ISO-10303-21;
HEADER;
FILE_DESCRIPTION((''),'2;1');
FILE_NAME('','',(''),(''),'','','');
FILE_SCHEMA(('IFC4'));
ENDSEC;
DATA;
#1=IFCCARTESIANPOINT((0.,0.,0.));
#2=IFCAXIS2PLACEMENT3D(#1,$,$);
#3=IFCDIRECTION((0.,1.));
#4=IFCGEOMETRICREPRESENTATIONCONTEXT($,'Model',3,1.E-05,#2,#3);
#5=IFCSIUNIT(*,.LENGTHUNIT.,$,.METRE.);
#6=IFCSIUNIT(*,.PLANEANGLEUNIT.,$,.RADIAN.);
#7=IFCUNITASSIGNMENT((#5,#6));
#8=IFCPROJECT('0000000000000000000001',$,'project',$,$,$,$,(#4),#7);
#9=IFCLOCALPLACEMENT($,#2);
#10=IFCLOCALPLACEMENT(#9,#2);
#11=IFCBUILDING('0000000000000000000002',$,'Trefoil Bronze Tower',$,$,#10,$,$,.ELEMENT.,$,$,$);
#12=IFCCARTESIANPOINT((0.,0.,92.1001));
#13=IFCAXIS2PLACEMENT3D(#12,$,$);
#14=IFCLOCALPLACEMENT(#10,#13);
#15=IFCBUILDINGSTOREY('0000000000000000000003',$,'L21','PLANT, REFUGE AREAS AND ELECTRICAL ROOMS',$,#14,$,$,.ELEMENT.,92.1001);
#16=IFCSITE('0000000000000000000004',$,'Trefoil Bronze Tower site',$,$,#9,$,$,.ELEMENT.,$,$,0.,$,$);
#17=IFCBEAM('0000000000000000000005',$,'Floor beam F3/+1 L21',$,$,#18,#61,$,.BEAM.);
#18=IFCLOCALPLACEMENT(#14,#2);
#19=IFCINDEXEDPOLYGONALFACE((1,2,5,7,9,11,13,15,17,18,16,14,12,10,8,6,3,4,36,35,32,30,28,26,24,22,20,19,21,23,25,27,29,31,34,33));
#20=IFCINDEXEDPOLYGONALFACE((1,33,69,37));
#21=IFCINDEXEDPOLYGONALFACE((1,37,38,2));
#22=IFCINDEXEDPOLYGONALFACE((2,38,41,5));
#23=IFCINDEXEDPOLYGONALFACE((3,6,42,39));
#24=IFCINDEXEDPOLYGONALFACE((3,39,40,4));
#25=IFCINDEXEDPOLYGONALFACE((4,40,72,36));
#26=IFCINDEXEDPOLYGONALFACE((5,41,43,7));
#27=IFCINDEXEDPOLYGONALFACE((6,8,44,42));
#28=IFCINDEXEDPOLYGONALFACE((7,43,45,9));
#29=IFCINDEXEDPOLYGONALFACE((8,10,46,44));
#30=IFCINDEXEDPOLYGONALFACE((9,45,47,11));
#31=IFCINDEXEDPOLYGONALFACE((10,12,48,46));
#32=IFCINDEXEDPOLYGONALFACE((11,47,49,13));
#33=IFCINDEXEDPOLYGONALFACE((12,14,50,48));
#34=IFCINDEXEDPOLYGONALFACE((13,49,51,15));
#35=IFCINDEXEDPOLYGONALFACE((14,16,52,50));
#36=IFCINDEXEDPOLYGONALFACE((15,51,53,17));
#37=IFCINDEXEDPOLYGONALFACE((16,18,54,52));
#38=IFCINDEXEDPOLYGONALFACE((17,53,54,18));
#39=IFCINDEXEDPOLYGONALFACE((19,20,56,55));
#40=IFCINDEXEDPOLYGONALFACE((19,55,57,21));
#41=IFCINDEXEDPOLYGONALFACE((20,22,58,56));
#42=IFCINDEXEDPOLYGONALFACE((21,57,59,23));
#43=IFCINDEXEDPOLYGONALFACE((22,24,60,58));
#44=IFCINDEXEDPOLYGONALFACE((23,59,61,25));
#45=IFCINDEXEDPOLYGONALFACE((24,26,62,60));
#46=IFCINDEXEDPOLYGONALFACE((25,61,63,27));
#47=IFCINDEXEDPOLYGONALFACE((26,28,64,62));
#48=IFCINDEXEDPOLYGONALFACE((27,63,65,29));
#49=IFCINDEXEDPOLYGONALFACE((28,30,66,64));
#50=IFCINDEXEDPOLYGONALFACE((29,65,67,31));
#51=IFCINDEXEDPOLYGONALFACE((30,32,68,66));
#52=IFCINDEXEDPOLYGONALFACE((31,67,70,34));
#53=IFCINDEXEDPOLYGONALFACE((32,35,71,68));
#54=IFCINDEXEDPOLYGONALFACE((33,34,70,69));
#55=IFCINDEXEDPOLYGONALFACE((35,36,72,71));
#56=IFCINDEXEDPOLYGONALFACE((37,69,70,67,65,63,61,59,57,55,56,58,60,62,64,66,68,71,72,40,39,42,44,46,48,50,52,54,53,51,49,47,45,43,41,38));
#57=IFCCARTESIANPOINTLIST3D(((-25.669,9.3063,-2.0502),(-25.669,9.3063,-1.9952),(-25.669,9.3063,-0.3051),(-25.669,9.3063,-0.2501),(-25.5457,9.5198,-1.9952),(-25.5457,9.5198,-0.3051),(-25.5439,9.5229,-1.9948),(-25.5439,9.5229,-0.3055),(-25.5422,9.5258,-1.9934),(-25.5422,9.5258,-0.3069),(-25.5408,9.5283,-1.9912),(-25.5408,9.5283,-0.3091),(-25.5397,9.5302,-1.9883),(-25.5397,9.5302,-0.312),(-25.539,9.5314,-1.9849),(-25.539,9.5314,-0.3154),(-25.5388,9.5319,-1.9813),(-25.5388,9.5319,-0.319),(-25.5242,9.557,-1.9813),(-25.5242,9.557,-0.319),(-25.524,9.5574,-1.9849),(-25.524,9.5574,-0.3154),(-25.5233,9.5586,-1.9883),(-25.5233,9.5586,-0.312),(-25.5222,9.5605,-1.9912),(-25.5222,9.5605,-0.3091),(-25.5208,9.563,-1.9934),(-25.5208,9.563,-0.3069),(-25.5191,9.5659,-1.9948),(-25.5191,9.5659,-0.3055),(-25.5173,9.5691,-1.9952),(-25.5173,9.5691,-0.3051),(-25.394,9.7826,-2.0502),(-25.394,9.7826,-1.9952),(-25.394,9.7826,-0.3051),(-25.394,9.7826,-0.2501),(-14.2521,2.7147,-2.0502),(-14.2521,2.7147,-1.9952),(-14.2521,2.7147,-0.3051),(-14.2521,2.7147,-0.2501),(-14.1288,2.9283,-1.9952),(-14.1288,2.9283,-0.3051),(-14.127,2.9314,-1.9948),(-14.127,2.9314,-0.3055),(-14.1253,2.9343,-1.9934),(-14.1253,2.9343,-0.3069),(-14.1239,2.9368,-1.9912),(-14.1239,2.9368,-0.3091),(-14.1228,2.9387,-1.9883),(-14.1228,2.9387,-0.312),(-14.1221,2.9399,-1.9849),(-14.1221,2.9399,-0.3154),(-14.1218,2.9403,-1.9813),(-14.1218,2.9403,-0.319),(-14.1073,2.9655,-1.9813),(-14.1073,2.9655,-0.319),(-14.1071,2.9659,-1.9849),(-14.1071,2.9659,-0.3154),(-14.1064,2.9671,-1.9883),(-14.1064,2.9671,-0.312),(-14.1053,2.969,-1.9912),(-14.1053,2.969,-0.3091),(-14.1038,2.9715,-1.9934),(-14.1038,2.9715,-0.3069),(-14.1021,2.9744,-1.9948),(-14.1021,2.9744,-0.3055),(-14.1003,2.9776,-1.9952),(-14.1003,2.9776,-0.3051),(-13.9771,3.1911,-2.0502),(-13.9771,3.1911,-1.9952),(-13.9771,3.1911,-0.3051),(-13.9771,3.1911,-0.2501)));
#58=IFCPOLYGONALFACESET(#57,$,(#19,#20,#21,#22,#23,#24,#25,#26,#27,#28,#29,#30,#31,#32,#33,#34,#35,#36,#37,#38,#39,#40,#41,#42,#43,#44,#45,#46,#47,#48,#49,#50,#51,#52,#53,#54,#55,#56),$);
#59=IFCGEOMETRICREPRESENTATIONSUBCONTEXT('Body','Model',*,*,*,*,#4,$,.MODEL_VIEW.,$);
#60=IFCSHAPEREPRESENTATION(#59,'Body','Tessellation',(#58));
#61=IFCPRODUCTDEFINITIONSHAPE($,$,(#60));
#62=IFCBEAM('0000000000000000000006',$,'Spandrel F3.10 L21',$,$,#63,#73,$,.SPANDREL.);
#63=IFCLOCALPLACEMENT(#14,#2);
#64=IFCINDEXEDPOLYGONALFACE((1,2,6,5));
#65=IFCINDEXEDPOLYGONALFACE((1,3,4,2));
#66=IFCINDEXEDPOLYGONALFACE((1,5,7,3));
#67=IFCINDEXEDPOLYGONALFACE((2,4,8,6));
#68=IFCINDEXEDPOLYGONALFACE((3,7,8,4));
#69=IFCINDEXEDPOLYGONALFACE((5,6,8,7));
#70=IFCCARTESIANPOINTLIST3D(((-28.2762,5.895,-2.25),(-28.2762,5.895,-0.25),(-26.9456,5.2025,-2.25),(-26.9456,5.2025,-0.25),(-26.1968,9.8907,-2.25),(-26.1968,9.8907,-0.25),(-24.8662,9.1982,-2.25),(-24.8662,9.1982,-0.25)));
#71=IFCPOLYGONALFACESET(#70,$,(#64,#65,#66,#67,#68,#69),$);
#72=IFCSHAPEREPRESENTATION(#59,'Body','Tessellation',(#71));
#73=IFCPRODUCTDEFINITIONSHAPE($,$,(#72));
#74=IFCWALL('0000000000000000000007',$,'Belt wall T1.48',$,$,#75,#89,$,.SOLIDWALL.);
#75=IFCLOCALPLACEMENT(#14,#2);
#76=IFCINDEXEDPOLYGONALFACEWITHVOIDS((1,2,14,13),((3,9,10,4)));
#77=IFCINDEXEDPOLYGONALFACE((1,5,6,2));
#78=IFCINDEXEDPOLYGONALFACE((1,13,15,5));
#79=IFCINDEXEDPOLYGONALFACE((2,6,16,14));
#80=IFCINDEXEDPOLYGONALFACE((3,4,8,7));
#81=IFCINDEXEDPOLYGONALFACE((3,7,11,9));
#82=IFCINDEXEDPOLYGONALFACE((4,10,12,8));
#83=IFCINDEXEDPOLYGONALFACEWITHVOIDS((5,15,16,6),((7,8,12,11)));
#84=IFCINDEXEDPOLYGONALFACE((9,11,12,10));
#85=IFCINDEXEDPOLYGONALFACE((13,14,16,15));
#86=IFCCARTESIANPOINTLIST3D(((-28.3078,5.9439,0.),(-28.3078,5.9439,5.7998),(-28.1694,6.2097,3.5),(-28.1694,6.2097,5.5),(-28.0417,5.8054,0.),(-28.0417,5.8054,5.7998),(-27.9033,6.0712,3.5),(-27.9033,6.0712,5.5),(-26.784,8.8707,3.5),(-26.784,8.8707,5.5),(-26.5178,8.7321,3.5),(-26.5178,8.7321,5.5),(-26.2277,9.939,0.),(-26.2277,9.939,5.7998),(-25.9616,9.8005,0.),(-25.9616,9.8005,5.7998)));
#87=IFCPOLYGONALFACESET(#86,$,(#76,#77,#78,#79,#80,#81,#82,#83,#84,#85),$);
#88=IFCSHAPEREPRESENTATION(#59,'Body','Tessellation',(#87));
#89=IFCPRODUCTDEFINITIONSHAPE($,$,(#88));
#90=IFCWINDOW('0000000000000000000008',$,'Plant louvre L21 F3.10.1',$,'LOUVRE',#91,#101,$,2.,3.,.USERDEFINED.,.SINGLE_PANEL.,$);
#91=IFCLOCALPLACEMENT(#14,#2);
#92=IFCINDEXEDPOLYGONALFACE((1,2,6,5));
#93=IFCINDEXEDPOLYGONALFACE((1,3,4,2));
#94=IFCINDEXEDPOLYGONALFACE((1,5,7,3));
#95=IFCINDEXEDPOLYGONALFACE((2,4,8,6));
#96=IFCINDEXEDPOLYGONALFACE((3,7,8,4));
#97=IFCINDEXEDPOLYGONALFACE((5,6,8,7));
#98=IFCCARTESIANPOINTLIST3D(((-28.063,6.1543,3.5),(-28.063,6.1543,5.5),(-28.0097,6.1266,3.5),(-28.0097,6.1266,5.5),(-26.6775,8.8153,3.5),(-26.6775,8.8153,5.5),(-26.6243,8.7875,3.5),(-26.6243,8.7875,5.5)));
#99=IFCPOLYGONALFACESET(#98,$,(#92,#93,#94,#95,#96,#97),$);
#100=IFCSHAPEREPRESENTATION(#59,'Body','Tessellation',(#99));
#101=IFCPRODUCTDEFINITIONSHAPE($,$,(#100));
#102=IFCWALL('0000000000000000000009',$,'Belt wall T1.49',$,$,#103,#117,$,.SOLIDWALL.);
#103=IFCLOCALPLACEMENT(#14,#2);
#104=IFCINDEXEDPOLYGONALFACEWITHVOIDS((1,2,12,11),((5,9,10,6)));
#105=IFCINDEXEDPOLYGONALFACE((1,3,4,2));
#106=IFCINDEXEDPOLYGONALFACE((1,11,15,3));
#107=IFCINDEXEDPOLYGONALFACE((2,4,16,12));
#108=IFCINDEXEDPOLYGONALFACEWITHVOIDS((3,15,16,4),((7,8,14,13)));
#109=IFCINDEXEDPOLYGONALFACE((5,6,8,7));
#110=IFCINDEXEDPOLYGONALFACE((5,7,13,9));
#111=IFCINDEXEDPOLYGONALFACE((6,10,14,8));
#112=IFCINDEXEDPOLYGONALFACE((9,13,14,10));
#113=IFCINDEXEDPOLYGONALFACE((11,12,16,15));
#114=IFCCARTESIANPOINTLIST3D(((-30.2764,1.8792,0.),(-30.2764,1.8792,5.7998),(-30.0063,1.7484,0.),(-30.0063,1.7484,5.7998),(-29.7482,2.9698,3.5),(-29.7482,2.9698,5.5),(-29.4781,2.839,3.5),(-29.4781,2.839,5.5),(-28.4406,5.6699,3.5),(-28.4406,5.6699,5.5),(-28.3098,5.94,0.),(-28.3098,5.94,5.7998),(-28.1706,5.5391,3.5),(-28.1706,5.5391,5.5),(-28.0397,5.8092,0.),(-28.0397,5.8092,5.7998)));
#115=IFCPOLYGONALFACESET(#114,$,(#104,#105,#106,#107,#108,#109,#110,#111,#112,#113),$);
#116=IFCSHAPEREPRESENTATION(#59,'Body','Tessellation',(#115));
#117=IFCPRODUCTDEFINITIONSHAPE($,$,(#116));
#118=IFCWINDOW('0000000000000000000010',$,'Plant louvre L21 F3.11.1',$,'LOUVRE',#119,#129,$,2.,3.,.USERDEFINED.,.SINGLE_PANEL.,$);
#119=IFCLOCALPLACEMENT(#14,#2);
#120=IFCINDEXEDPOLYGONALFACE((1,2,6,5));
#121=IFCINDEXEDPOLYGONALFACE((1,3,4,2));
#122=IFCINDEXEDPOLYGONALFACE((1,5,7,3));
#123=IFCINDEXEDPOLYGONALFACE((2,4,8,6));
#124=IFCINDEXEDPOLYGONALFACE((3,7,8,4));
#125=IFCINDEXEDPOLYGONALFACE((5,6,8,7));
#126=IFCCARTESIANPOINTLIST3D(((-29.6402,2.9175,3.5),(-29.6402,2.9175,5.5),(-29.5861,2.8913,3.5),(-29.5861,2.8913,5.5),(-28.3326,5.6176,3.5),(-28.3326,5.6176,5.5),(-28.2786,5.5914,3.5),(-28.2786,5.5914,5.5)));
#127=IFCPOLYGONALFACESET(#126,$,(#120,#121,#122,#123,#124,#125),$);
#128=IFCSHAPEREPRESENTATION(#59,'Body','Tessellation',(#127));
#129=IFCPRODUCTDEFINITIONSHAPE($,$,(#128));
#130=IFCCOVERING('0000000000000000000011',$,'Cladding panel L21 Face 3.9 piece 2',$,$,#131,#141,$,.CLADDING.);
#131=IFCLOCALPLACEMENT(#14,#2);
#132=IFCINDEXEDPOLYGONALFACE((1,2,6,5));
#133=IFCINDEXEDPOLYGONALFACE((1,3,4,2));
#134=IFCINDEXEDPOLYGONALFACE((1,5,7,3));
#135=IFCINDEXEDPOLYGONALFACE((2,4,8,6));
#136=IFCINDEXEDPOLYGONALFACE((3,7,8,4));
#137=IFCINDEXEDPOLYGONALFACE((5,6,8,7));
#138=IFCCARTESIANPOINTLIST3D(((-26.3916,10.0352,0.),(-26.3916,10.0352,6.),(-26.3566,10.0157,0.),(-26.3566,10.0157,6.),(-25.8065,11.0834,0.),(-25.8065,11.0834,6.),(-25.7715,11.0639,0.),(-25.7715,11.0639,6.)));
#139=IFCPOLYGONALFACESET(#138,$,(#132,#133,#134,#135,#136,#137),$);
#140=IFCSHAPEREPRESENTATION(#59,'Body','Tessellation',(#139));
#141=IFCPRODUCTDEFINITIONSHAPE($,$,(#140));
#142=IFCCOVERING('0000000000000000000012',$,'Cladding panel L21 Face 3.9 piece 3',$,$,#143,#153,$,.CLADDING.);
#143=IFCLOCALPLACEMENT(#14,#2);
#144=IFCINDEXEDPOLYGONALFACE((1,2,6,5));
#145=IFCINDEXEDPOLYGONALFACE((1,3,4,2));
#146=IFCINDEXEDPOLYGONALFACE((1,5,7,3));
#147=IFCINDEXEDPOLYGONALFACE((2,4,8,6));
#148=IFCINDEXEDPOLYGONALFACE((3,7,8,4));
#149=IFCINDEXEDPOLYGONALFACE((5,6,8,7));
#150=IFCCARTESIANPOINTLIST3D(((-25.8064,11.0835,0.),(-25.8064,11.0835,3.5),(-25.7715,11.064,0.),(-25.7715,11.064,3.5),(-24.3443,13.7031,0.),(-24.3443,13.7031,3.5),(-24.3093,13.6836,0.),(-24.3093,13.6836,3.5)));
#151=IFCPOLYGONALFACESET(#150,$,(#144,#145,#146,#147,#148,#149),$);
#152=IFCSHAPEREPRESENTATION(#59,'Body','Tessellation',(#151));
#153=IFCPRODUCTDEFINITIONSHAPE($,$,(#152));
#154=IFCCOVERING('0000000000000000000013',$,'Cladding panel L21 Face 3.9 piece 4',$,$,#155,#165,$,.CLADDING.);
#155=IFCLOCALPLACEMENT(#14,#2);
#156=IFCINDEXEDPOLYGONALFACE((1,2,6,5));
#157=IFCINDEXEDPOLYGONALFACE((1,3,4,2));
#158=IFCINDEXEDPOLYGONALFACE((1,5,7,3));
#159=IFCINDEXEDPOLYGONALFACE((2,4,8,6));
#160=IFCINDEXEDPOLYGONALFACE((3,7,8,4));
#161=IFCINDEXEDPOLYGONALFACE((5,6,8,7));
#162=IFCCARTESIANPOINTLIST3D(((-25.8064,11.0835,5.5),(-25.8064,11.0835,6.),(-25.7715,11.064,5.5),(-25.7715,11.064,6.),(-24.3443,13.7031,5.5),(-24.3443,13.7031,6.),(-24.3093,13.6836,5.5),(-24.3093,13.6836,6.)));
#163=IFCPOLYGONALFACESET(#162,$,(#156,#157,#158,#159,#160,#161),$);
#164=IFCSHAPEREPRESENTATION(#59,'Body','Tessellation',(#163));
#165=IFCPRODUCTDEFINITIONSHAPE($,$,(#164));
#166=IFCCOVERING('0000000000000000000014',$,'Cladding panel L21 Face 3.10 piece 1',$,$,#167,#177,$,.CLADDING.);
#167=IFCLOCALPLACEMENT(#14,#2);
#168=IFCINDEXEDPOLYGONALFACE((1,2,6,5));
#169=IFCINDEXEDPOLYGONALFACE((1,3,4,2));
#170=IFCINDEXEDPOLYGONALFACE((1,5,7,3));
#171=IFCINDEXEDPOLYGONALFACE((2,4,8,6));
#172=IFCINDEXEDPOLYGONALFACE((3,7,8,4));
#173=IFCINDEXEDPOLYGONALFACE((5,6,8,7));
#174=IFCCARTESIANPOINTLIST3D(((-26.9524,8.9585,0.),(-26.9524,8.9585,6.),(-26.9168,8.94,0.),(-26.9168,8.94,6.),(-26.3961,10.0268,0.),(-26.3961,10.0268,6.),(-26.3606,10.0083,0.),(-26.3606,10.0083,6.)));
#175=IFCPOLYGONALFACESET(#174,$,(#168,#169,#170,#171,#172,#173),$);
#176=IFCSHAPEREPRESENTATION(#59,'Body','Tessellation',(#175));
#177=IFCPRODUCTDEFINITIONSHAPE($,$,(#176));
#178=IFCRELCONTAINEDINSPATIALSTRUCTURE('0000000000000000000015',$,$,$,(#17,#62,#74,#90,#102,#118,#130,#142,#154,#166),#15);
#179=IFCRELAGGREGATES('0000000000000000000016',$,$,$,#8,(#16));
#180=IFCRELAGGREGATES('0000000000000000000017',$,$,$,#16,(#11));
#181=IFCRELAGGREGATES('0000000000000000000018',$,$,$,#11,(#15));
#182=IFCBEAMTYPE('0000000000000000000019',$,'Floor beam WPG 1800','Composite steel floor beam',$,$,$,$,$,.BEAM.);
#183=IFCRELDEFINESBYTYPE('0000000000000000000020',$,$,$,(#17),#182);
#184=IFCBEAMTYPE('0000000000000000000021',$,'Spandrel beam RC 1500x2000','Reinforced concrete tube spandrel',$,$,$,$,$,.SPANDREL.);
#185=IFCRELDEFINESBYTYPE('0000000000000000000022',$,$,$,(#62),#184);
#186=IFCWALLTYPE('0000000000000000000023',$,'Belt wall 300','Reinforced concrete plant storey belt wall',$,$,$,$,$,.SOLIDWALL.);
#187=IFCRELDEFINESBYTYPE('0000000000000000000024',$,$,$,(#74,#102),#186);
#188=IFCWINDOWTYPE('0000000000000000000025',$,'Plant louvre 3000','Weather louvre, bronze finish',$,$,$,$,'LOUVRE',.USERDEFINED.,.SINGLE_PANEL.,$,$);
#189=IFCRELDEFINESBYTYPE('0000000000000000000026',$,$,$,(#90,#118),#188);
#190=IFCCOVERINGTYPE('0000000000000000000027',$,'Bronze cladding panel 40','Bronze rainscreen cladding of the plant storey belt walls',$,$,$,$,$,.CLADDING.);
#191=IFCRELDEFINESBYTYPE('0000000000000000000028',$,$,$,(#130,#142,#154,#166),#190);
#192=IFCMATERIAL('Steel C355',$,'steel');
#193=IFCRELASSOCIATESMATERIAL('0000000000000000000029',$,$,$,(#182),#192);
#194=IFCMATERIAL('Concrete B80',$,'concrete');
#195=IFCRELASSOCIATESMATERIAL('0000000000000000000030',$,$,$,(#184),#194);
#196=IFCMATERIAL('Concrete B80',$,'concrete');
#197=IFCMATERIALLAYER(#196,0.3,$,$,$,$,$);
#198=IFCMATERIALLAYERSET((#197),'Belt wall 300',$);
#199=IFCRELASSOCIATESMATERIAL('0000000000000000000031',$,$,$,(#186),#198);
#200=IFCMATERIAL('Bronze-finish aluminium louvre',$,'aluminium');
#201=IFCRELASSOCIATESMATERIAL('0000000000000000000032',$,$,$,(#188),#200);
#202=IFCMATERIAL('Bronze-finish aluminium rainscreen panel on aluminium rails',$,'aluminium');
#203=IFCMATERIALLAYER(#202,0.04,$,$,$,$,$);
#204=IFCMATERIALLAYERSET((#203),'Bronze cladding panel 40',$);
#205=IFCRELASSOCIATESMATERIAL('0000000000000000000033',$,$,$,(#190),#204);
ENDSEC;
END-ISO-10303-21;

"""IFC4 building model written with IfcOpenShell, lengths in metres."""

from ifc_helpers import new_model, si_unit, direction, frame, frame_2d, origin, origin_2d, place, context, subcontext, project, spatial, rectangle, i_section, extrude, material, layer, layer_set, material_profile, profile_set, type_object, element, fill, save


model = new_model("IFC4")

# Units and contexts
model_context = context("Model", 3, precision=1e-05, world=origin(), true_north=direction((0.0, 1.0)))
body_context = subcontext(model_context, "Body", "Model", "MODEL_VIEW")
ifc_project = project(units=[si_unit("LENGTHUNIT", "METRE"), si_unit("PLANEANGLEUNIT", "RADIAN")], contexts=[model_context])

# Site, building, storey
site_placement = place(None, origin())
site = spatial("IfcSite", under=ifc_project, at=site_placement, Name="Trefoil Bronze Tower site", CompositionType="ELEMENT", RefElevation=0.0)
building_placement = place(site_placement, origin())
building = spatial("IfcBuilding", under=site, at=building_placement, Name="Trefoil Bronze Tower", CompositionType="ELEMENT")
storey_placement = place(building_placement, frame((0.0, 0.0, 92.1001)))
storey = spatial("IfcBuildingStorey", under=building, at=storey_placement, Name="L21", Description="PLANT, REFUGE AREAS AND ELECTRICAL ROOMS", CompositionType="ELEMENT", Elevation=92.1001)

# Beams
ifc_material_1 = material(Name="Steel C355", Category="steel")
ifc_material_profile_1 = material_profile(ifc_material_1, i_section(OverallWidth=0.55, OverallDepth=1.8, WebThickness=0.0291, FlangeThickness=0.0549, FilletRadius=0.0139, at=origin_2d()), Name="WPG 1800")
ifc_profile_set_1 = profile_set([ifc_material_profile_1], Name="Steel C355")
beam_type_1 = type_object("IfcBeamType", Name="Floor beam WPG 1800", Description="Composite steel floor beam", PredefinedType="BEAM", material=ifc_profile_set_1)
beam_1_placement = place(storey_placement, frame((-25.5315, 9.5444, -1.1501), z_axis=(0.866027, -0.499997, 0.0), x_axis=(0.499997, 0.866027, 0.0)))
element("IfcBeam", 1, at=beam_1_placement, inside=storey, type_object=beam_type_1, Name="Floor beam F3/+1 L21", PredefinedType="BEAM", context=body_context, shape_type="SweptSolid", body=[
    extrude(i_section(OverallWidth=0.55, OverallDepth=1.8, WebThickness=0.0291, FlangeThickness=0.0549, FilletRadius=0.0139, at=origin_2d()), origin(), (0.0, 0.0, 1.0), 13.1831),
])
ifc_material_2 = material(Name="Concrete B80", Category="concrete")
ifc_material_profile_2 = material_profile(ifc_material_2, rectangle(XDim=1.5, YDim=2.0, at=origin_2d()), Name="RC 1500x2000")
ifc_profile_set_2 = profile_set([ifc_material_profile_2], Name="Concrete B80")
beam_type_2 = type_object("IfcBeamType", Name="Spandrel beam RC 1500x2000", Description="Reinforced concrete tube spandrel", PredefinedType="SPANDREL", material=ifc_profile_set_2)
beam_2_placement = place(storey_placement, frame((-25.5315, 9.5444, -1.25), z_axis=(-0.461638, -0.887069, 0.0), x_axis=(0.887069, -0.461638, 0.0)))
element("IfcBeam", 2, at=beam_2_placement, inside=storey, type_object=beam_type_2, Name="Spandrel F3.10 L21", PredefinedType="SPANDREL", context=body_context, shape_type="SweptSolid", body=[
    extrude(rectangle(XDim=1.5, YDim=2.0, at=origin_2d()), origin(), (0.0, 0.0, 1.0), 4.5044),
])

# Walls, openings, windows
ifc_material_3 = material(Name="Concrete B80", Category="concrete")
ifc_layer_1 = layer(ifc_material_3, 0.3)
ifc_layer_set_1 = layer_set([ifc_layer_1], Name="Belt wall 300")
wall_type = type_object("IfcWallType", Name="Belt wall 300", Description="Reinforced concrete plant storey belt wall", PredefinedType="SOLIDWALL", material=ifc_layer_set_1)
wall_1_placement = place(storey_placement, frame((-26.0947, 9.8696, 0.0), z_axis=(0.0, 0.0, 1.0), x_axis=(-0.46181, -0.886979, 0.0)))
wall_1 = element("IfcWall", 3, at=wall_1_placement, inside=storey, type_object=wall_type, Name="Belt wall T1.48", PredefinedType="SOLIDWALL", context=body_context, shape_type="SweptSolid", body=[
    extrude(rectangle(XDim=4.5042, YDim=0.3, at=frame_2d((2.252, 0.0))), origin(), (0.0, 0.0, 1.0), 5.7998),
])
opening_1_placement = place(wall_1_placement, frame((1.2043, 0.0, 3.5)))
opening_1 = element("IfcOpeningElement", 4, at=opening_1_placement, cuts=wall_1, PredefinedType="OPENING", context=body_context, shape_type="SweptSolid", body=[
    extrude(rectangle(XDim=3.0, YDim=2.0, at=frame_2d((1.5, 1.0))), frame((0.0, 0.1599, 0.0), z_axis=(0.0, -1.0, 0.0), x_axis=(1.0, 0.0, 0.0)), (0.0, 0.0, 1.0), 0.3201),
])
ifc_material_4 = material(Name="Bronze-finish aluminium louvre", Category="aluminium")
window_type = type_object("IfcWindowType", Name="Plant louvre 3000", Description="Weather louvre, bronze finish", ElementType="LOUVRE", PartitioningType="SINGLE_PANEL", PredefinedType="USERDEFINED", material=ifc_material_4)
window_1_placement = place(opening_1_placement, origin())
window_1 = element("IfcWindow", 5, at=window_1_placement, inside=storey, type_object=window_type, Name="Plant louvre L21 F3.10.1", ObjectType="LOUVRE", OverallHeight=2.0, OverallWidth=3.0, PartitioningType="SINGLE_PANEL", PredefinedType="USERDEFINED", context=body_context, shape_type="SweptSolid", body=[
    extrude(rectangle(XDim=3.0, YDim=2.0, at=frame_2d((1.5, 1.0))), frame((0.0, 0.03, 0.0), z_axis=(0.0, -1.0, 0.0), x_axis=(1.0, 0.0, 0.0)), (0.0, 0.0, 1.0), 0.0601),
])
fill(opening_1, window_1)
wall_2_placement = place(storey_placement, frame((-28.1748, 5.8745, 0.0), z_axis=(0.0, 0.0, 1.0), x_axis=(-0.435858, -0.900015, 0.0)))
wall_2 = element("IfcWall", 6, at=wall_2_placement, inside=storey, type_object=wall_type, Name="Belt wall T1.49", PredefinedType="SOLIDWALL", context=body_context, shape_type="SweptSolid", body=[
    extrude(rectangle(XDim=4.512, YDim=0.3, at=frame_2d((2.2559, 0.0))), origin(), (0.0, 0.0, 1.0), 5.7998),
])
opening_2_placement = place(wall_2_placement, frame((0.3, 0.0, 3.5)))
opening_2 = element("IfcOpeningElement", 7, at=opening_2_placement, cuts=wall_2, PredefinedType="OPENING", context=body_context, shape_type="SweptSolid", body=[
    extrude(rectangle(XDim=3.0, YDim=2.0, at=frame_2d((1.5, 1.0))), frame((0.0, 0.1599, 0.0), z_axis=(0.0, -1.0, 0.0), x_axis=(1.0, 0.0, 0.0)), (0.0, 0.0, 1.0), 0.3201),
])
window_2_placement = place(opening_2_placement, origin())
window_2 = element("IfcWindow", 8, at=window_2_placement, inside=storey, type_object=window_type, Name="Plant louvre L21 F3.11.1", ObjectType="LOUVRE", OverallHeight=2.0, OverallWidth=3.0, PartitioningType="SINGLE_PANEL", PredefinedType="USERDEFINED", context=body_context, shape_type="SweptSolid", body=[
    extrude(rectangle(XDim=3.0, YDim=2.0, at=frame_2d((1.5, 1.0))), frame((0.0, 0.03, 0.0), z_axis=(0.0, -1.0, 0.0), x_axis=(1.0, 0.0, 0.0)), (0.0, 0.0, 1.0), 0.0601),
])
fill(opening_2, window_2)

# Coverings
ifc_material_5 = material(Name="Bronze-finish aluminium rainscreen panel on aluminium rails", Category="aluminium")
ifc_layer_2 = layer(ifc_material_5, 0.04)
ifc_layer_set_2 = layer_set([ifc_layer_2], Name="Bronze cladding panel 40")
covering_type_1 = type_object("IfcCoveringType", Name="Bronze cladding panel 40", Description="Bronze rainscreen cladding of the plant storey belt walls", PredefinedType="CLADDING", material=ifc_layer_set_2)
covering_1_placement = place(storey_placement, frame((-26.0815, 10.5496, 0.0), z_axis=(0.0, 0.0, 1.0), x_axis=(-0.487382, -0.873189, 0.0)))
element("IfcCovering", 9, at=covering_1_placement, inside=storey, type_object=covering_type_1, Name="Cladding panel L21 Face 3.9 piece 2", PredefinedType="CLADDING", context=body_context, shape_type="SweptSolid", body=[
    extrude(rectangle(XDim=1.2004, YDim=0.04, at=origin_2d()), origin(), (0.0, 0.0, 1.0), 6.0),
])
covering_2_placement = place(storey_placement, frame((-25.0579, 12.3835, 0.0), z_axis=(0.0, 0.0, 1.0), x_axis=(-0.487382, -0.873189, 0.0)))
element("IfcCovering", 10, at=covering_2_placement, inside=storey, type_object=covering_type_1, Name="Cladding panel L21 Face 3.9 piece 3", PredefinedType="CLADDING", context=body_context, shape_type="SweptSolid", body=[
    extrude(rectangle(XDim=3.0, YDim=0.04, at=origin_2d()), origin(), (0.0, 0.0, 1.0), 3.5),
])
covering_3_placement = place(storey_placement, frame((-25.0579, 12.3835, 5.5), z_axis=(0.0, 0.0, 1.0), x_axis=(-0.487382, -0.873189, 0.0)))
element("IfcCovering", 11, at=covering_3_placement, inside=storey, type_object=covering_type_1, Name="Cladding panel L21 Face 3.9 piece 4", PredefinedType="CLADDING", context=body_context, shape_type="SweptSolid", body=[
    extrude(rectangle(XDim=3.0, YDim=0.04, at=origin_2d()), origin(), (0.0, 0.0, 1.0), 0.5),
])
covering_4_placement = place(storey_placement, frame((-26.6565, 9.4834, 0.0), z_axis=(0.0, 0.0, 1.0), x_axis=(-0.46183, -0.886969, 0.0)))
element("IfcCovering", 12, at=covering_4_placement, inside=storey, type_object=covering_type_1, Name="Cladding panel L21 Face 3.10 piece 1", PredefinedType="CLADDING", context=body_context, shape_type="SweptSolid", body=[
    extrude(rectangle(XDim=1.2043, YDim=0.04, at=origin_2d()), origin(), (0.0, 0.0, 1.0), 6.0),
])

save(model, "model.ifc")
